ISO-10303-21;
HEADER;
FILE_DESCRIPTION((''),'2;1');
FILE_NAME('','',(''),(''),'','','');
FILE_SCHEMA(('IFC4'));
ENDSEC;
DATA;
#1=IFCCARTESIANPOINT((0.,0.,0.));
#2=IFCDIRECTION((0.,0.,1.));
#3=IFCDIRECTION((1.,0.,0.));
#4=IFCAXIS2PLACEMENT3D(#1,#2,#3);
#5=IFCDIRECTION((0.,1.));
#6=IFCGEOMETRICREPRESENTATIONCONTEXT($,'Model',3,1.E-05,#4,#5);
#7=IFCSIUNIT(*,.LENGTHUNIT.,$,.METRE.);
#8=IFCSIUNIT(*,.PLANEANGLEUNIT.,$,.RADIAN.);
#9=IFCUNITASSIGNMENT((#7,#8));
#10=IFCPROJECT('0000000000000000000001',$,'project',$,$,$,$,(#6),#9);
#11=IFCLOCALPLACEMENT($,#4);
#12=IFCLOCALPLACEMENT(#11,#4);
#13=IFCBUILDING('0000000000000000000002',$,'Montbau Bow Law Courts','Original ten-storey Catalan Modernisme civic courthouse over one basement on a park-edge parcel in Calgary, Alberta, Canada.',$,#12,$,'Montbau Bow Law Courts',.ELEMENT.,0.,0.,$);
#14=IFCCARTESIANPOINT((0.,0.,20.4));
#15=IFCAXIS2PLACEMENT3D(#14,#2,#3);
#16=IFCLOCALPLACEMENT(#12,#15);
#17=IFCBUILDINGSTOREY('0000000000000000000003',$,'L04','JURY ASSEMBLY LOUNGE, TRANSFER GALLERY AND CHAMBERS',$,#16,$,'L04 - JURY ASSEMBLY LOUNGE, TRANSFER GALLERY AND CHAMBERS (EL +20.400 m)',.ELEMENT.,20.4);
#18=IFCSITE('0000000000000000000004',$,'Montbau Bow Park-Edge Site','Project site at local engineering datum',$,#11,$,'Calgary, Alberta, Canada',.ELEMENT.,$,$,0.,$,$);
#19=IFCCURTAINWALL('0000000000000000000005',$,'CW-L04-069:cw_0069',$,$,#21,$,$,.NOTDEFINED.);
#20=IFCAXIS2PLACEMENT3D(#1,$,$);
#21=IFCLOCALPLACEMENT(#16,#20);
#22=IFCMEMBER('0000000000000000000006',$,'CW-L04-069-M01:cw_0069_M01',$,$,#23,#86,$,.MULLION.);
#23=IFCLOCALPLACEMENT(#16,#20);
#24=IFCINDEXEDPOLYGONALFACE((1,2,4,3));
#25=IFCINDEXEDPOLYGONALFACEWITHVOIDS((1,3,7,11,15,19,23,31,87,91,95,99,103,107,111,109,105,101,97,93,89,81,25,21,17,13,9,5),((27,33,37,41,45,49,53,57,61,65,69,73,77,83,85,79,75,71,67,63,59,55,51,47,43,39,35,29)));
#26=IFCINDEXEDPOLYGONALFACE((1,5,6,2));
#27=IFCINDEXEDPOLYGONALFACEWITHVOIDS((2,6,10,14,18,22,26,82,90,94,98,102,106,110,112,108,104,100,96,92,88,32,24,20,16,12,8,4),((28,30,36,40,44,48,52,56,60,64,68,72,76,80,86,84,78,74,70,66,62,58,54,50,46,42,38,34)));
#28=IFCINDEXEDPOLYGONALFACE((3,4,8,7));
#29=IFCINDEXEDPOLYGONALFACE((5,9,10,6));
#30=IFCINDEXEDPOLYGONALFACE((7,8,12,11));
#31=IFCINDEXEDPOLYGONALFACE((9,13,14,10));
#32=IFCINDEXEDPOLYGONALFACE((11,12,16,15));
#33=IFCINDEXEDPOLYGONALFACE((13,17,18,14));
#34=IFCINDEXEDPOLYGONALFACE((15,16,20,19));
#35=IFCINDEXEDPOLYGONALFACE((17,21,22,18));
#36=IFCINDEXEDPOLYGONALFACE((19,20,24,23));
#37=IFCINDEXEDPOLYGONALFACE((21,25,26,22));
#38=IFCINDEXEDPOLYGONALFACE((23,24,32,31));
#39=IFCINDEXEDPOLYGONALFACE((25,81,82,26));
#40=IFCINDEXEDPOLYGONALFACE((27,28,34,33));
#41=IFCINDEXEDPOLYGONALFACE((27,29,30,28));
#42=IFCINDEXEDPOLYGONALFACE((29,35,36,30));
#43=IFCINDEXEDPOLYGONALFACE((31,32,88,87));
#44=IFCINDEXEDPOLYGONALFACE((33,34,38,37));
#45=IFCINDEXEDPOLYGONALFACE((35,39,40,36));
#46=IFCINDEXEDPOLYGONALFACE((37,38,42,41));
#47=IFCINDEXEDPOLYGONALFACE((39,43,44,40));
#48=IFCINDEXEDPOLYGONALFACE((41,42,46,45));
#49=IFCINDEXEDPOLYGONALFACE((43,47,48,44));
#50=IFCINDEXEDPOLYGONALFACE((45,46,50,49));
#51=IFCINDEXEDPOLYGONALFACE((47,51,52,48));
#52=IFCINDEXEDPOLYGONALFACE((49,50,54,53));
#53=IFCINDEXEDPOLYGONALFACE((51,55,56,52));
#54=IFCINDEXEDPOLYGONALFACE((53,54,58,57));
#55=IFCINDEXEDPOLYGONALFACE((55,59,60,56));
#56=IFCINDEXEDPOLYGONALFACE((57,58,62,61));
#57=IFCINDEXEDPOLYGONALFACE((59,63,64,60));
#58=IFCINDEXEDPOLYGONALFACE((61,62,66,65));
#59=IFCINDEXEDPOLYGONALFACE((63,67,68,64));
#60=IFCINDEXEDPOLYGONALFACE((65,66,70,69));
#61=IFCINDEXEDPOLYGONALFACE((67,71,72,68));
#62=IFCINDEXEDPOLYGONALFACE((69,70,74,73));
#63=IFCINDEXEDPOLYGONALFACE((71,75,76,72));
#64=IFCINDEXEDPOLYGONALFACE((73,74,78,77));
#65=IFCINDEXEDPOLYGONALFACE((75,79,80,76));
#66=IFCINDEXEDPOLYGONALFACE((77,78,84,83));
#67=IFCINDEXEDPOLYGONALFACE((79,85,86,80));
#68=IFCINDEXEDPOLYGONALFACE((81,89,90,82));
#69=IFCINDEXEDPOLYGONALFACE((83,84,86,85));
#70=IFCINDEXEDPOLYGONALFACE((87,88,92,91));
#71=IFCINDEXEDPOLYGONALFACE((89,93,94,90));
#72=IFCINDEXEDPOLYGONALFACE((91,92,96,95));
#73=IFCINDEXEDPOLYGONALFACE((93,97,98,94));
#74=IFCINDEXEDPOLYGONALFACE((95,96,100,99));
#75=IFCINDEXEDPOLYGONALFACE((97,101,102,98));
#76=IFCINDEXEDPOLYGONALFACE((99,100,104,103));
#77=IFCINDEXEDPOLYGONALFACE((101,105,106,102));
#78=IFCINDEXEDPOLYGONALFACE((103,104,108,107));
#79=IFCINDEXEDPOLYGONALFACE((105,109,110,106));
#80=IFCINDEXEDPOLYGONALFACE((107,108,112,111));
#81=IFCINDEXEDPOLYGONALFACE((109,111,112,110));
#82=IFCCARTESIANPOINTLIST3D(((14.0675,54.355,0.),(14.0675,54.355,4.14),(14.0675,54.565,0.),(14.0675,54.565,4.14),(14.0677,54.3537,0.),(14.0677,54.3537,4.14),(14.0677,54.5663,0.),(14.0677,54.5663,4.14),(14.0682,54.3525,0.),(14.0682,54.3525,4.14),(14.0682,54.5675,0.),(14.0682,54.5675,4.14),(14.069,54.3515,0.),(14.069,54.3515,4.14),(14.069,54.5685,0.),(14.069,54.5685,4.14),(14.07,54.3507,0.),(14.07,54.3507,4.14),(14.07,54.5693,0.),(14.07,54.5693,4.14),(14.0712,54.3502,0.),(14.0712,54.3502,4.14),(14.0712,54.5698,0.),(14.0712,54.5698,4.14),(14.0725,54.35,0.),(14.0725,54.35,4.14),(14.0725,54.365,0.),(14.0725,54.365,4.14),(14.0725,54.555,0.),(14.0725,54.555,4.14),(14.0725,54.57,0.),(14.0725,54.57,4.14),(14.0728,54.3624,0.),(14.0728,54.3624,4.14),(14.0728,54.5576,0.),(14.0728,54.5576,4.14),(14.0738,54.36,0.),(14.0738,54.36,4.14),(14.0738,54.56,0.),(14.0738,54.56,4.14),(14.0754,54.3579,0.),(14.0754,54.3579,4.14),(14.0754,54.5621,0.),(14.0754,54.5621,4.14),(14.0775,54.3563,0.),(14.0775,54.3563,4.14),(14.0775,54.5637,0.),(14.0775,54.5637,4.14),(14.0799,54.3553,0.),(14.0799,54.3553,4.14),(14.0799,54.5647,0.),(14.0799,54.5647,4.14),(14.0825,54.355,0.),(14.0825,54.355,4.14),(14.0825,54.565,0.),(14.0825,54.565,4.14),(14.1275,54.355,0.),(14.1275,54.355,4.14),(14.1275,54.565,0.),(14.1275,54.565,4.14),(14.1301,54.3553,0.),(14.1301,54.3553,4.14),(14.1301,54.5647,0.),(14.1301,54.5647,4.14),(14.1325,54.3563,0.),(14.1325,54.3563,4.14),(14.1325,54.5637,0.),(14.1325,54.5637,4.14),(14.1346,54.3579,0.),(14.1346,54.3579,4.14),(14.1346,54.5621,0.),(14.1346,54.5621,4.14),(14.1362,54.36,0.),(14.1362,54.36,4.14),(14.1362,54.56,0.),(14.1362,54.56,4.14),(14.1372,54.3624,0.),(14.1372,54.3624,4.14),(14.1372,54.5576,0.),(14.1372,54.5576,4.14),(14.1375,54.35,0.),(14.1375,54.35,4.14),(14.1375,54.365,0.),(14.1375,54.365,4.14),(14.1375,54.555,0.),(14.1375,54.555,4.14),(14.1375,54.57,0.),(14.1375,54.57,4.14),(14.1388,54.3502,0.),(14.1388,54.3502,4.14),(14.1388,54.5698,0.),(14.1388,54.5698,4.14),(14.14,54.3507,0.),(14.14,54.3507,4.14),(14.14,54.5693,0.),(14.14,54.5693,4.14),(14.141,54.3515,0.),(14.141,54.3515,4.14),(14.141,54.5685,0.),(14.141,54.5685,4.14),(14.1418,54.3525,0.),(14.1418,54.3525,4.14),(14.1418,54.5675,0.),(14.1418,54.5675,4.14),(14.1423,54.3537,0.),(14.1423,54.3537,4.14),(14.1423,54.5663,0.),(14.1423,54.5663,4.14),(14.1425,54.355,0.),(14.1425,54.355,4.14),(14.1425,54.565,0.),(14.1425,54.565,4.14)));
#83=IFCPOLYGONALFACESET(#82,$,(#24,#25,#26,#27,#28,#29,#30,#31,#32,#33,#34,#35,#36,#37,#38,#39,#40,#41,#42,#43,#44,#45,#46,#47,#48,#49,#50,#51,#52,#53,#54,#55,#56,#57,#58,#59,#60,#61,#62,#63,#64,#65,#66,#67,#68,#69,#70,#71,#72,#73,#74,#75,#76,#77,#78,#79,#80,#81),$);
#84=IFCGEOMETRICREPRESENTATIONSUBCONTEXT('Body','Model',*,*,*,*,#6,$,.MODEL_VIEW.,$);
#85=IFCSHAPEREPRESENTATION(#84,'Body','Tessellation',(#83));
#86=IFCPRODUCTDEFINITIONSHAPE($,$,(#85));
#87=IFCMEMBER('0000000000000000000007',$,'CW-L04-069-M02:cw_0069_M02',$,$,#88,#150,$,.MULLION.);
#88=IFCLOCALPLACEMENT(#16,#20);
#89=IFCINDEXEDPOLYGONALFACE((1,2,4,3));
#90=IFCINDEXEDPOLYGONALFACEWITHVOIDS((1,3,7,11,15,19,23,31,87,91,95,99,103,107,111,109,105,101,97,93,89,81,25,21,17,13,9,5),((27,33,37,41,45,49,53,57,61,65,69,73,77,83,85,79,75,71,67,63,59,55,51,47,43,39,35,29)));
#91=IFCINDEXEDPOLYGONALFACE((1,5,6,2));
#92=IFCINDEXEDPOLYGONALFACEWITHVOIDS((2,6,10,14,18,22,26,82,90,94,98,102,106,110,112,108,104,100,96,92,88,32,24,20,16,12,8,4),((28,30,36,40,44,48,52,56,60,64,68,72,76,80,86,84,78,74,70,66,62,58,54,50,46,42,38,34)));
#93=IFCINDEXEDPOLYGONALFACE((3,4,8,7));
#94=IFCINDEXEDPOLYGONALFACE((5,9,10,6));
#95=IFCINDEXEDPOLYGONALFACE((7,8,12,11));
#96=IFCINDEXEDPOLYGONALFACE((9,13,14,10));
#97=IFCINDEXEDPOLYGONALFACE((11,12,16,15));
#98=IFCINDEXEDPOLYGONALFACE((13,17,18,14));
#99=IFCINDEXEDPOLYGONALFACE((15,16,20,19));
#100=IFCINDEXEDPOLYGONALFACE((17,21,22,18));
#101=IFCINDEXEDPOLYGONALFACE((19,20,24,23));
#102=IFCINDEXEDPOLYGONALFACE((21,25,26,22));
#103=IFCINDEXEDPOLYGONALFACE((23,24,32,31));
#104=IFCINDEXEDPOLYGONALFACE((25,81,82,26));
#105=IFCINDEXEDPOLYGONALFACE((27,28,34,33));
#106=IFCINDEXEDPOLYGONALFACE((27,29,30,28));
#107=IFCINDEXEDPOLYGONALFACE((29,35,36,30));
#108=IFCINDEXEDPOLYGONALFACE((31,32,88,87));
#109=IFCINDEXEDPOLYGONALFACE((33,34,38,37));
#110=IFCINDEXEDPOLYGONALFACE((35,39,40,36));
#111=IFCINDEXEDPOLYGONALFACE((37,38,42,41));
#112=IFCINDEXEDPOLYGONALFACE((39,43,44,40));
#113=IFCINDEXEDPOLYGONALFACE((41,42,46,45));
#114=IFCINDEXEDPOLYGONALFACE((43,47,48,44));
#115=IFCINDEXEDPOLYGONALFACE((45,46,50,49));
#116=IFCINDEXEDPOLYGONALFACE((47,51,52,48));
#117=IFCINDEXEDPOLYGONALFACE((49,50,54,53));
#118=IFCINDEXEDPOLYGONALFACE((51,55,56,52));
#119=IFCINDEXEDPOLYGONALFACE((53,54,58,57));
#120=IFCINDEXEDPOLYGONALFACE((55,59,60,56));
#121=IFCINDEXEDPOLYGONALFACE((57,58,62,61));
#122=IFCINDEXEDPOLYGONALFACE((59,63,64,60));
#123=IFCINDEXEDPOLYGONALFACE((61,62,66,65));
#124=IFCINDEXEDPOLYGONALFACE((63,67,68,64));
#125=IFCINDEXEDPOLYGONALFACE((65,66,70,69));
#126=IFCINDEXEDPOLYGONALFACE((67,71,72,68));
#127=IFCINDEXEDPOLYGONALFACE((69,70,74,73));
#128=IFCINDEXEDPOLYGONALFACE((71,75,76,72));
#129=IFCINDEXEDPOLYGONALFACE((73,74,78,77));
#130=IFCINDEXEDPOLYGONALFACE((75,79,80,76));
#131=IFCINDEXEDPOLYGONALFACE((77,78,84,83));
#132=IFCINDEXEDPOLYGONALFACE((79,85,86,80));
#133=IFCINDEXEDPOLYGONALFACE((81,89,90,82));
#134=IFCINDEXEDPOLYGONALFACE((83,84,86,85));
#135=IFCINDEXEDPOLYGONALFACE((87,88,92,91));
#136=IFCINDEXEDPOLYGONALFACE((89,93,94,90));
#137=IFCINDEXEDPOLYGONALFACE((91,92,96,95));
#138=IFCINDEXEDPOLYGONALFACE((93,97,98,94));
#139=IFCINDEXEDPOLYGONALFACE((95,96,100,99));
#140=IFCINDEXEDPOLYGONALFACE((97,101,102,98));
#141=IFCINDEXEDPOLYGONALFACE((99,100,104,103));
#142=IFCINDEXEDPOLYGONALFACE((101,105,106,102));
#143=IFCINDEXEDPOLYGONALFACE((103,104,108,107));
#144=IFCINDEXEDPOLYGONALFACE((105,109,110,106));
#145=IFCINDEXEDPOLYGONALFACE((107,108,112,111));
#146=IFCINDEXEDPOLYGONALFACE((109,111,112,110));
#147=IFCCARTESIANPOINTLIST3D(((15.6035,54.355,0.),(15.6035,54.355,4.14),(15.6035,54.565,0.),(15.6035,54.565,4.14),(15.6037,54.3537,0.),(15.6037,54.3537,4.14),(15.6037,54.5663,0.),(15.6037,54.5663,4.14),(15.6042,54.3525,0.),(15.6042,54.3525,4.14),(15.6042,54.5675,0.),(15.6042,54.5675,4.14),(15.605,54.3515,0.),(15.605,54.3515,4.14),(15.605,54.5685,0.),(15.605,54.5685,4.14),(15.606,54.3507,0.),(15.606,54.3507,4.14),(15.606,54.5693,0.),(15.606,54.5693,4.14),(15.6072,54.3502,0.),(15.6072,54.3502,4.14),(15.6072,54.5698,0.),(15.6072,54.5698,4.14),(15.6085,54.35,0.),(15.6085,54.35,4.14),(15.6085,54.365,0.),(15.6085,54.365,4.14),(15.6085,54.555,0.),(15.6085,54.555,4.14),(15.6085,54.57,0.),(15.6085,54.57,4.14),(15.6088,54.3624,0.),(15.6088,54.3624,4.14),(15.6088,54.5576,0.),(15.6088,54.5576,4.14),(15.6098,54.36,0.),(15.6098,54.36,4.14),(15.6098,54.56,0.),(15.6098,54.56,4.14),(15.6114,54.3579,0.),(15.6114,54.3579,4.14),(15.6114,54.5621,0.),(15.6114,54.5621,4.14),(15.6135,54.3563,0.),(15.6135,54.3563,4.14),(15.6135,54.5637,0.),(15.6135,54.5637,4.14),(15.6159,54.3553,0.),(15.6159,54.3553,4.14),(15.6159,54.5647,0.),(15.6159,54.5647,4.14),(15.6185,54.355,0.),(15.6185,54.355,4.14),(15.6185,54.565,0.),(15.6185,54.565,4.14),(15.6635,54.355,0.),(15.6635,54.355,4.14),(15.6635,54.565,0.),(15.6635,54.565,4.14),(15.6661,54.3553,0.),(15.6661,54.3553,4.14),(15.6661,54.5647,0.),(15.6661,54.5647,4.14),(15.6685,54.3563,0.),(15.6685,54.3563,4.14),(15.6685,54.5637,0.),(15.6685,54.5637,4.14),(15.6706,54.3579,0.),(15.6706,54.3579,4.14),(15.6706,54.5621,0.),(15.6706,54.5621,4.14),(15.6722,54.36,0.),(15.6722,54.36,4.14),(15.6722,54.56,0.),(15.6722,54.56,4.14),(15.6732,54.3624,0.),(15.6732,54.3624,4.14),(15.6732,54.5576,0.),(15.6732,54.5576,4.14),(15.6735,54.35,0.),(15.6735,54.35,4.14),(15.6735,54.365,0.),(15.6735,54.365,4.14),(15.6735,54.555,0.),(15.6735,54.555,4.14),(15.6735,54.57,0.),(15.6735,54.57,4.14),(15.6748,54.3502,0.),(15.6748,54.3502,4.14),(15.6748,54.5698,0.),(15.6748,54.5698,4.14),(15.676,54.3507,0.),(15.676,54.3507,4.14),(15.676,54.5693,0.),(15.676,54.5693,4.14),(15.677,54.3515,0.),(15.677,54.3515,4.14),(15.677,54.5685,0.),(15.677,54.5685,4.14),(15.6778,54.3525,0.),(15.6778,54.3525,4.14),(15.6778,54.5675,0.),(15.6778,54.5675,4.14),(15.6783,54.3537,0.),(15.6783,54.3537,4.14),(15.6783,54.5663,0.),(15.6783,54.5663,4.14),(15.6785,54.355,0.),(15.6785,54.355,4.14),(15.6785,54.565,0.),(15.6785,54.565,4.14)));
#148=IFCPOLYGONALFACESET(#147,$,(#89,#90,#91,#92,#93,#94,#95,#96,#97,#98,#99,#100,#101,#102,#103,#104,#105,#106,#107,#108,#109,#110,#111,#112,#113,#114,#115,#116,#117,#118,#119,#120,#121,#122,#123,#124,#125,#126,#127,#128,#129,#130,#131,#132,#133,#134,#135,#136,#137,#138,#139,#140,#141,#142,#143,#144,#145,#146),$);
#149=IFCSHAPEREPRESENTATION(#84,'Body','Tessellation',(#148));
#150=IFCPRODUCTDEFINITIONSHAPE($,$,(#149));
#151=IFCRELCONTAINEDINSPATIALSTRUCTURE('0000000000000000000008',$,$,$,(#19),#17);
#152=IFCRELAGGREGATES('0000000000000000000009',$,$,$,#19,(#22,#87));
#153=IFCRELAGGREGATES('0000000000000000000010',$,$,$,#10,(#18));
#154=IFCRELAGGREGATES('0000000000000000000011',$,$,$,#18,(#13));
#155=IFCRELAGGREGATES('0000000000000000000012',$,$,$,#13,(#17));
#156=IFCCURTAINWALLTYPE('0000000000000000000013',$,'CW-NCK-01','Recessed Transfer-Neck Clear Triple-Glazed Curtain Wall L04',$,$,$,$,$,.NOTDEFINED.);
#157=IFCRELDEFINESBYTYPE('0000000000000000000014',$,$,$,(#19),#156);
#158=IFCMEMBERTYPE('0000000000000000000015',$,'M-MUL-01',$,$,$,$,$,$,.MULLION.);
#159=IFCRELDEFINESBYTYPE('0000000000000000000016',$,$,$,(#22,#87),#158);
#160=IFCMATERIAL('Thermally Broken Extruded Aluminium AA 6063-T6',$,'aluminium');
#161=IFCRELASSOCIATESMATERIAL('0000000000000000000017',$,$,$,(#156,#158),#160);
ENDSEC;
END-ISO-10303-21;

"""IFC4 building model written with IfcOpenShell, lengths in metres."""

from ifc_helpers import new_model, si_unit, direction, frame, origin_with_axes, origin_2d_with_axis, place, context, subcontext, project, spatial, hollow_rectangle, extrude, material, material_profile, profile_set, type_object, element, aggregate, save


model = new_model("IFC4")

# Units and contexts
model_context = context("Model", 3, precision=1e-05, world=origin_with_axes(), true_north=direction((0.0, 1.0)))
body_context = subcontext(model_context, "Body", "Model", "MODEL_VIEW")
ifc_project = project(units=[si_unit("LENGTHUNIT", "METRE"), si_unit("PLANEANGLEUNIT", "RADIAN")], contexts=[model_context])

# Site, building, storey
site_placement = place(None, origin_with_axes())
site = spatial("IfcSite", under=ifc_project, at=site_placement, Name="Montbau Bow Park-Edge Site", Description="Project site at local engineering datum", LongName="Calgary, Alberta, Canada", CompositionType="ELEMENT", RefElevation=0.0)
building_placement = place(site_placement, origin_with_axes())
building = spatial("IfcBuilding", under=site, at=building_placement, Name="Montbau Bow Law Courts", Description="Original ten-storey Catalan Modernisme civic courthouse over one basement on a park-edge parcel in Calgary, Alberta, Canada.", LongName="Montbau Bow Law Courts", CompositionType="ELEMENT", ElevationOfRefHeight=0.0, ElevationOfTerrain=0.0)
storey_placement = place(building_placement, frame((0.0, 0.0, 20.4), z_axis=(0.0, 0.0, 1.0), x_axis=(1.0, 0.0, 0.0)))
storey = spatial("IfcBuildingStorey", under=building, at=storey_placement, Name="L04", Description="JURY ASSEMBLY LOUNGE, TRANSFER GALLERY AND CHAMBERS", LongName="L04 - JURY ASSEMBLY LOUNGE, TRANSFER GALLERY AND CHAMBERS (EL +20.400 m)", CompositionType="ELEMENT", Elevation=20.4)

# Curtain wall, members
ifc_material_1 = material(Name="Thermally Broken Extruded Aluminium AA 6063-T6", Category="aluminium")
curtain_wall_type = type_object("IfcCurtainWallType", Name="CW-NCK-01", Description="Recessed Transfer-Neck Clear Triple-Glazed Curtain Wall L04", PredefinedType="NOTDEFINED", material=ifc_material_1)
curtain_wall_1_placement = place(None, frame((14.068, 54.46, 20.4), z_axis=(0.0, 0.0, 1.0), x_axis=(1.0, 0.0, 0.0)))
curtain_wall_1 = element("IfcCurtainWall", 1, at=curtain_wall_1_placement, inside=storey, type_object=curtain_wall_type, Name="CW-L04-069:cw_0069", PredefinedType="NOTDEFINED")
ifc_material_profile_1 = material_profile(ifc_material_1, hollow_rectangle(XDim=0.075, YDim=0.22, WallThickness=0.005, InnerFilletRadius=0.01, OuterFilletRadius=0.005, at=origin_2d_with_axis()), Name="CWM-220X75", Category="Main", Priority=0)
ifc_profile_set_1 = profile_set([ifc_material_profile_1], Name="Thermally Broken Extruded Aluminium AA 6063-T6")
member_type_1 = type_object("IfcMemberType", Name="M-MUL-01", PredefinedType="MULLION", material=ifc_profile_set_1)
member_1_placement = place(None, frame((14.105, 54.46, 20.4), z_axis=(0.0, 0.0, 1.0), x_axis=(1.0, 0.0, 0.0)))
member_1 = element("IfcMember", 2, at=member_1_placement, type_object=member_type_1, Name="CW-L04-069-M01:cw_0069_M01", PredefinedType="MULLION", context=body_context, shape_type="SweptSolid", body=[
    extrude(hollow_rectangle(XDim=0.075, YDim=0.22, WallThickness=0.005, InnerFilletRadius=0.01, OuterFilletRadius=0.005, at=origin_2d_with_axis()), origin_with_axes(), (0.0, 0.0, 1.0), 4.14),
])
member_2_placement = place(None, frame((15.641, 54.46, 20.4), z_axis=(0.0, 0.0, 1.0), x_axis=(1.0, 0.0, 0.0)))
member_2 = element("IfcMember", 3, at=member_2_placement, type_object=member_type_1, Name="CW-L04-069-M02:cw_0069_M02", PredefinedType="MULLION", context=body_context, shape_type="SweptSolid", body=[
    extrude(hollow_rectangle(XDim=0.075, YDim=0.22, WallThickness=0.005, InnerFilletRadius=0.01, OuterFilletRadius=0.005, at=origin_2d_with_axis()), origin_with_axes(), (0.0, 0.0, 1.0), 4.14),
])

aggregate(curtain_wall_1, [member_1, member_2])

save(model, "model.ifc")
